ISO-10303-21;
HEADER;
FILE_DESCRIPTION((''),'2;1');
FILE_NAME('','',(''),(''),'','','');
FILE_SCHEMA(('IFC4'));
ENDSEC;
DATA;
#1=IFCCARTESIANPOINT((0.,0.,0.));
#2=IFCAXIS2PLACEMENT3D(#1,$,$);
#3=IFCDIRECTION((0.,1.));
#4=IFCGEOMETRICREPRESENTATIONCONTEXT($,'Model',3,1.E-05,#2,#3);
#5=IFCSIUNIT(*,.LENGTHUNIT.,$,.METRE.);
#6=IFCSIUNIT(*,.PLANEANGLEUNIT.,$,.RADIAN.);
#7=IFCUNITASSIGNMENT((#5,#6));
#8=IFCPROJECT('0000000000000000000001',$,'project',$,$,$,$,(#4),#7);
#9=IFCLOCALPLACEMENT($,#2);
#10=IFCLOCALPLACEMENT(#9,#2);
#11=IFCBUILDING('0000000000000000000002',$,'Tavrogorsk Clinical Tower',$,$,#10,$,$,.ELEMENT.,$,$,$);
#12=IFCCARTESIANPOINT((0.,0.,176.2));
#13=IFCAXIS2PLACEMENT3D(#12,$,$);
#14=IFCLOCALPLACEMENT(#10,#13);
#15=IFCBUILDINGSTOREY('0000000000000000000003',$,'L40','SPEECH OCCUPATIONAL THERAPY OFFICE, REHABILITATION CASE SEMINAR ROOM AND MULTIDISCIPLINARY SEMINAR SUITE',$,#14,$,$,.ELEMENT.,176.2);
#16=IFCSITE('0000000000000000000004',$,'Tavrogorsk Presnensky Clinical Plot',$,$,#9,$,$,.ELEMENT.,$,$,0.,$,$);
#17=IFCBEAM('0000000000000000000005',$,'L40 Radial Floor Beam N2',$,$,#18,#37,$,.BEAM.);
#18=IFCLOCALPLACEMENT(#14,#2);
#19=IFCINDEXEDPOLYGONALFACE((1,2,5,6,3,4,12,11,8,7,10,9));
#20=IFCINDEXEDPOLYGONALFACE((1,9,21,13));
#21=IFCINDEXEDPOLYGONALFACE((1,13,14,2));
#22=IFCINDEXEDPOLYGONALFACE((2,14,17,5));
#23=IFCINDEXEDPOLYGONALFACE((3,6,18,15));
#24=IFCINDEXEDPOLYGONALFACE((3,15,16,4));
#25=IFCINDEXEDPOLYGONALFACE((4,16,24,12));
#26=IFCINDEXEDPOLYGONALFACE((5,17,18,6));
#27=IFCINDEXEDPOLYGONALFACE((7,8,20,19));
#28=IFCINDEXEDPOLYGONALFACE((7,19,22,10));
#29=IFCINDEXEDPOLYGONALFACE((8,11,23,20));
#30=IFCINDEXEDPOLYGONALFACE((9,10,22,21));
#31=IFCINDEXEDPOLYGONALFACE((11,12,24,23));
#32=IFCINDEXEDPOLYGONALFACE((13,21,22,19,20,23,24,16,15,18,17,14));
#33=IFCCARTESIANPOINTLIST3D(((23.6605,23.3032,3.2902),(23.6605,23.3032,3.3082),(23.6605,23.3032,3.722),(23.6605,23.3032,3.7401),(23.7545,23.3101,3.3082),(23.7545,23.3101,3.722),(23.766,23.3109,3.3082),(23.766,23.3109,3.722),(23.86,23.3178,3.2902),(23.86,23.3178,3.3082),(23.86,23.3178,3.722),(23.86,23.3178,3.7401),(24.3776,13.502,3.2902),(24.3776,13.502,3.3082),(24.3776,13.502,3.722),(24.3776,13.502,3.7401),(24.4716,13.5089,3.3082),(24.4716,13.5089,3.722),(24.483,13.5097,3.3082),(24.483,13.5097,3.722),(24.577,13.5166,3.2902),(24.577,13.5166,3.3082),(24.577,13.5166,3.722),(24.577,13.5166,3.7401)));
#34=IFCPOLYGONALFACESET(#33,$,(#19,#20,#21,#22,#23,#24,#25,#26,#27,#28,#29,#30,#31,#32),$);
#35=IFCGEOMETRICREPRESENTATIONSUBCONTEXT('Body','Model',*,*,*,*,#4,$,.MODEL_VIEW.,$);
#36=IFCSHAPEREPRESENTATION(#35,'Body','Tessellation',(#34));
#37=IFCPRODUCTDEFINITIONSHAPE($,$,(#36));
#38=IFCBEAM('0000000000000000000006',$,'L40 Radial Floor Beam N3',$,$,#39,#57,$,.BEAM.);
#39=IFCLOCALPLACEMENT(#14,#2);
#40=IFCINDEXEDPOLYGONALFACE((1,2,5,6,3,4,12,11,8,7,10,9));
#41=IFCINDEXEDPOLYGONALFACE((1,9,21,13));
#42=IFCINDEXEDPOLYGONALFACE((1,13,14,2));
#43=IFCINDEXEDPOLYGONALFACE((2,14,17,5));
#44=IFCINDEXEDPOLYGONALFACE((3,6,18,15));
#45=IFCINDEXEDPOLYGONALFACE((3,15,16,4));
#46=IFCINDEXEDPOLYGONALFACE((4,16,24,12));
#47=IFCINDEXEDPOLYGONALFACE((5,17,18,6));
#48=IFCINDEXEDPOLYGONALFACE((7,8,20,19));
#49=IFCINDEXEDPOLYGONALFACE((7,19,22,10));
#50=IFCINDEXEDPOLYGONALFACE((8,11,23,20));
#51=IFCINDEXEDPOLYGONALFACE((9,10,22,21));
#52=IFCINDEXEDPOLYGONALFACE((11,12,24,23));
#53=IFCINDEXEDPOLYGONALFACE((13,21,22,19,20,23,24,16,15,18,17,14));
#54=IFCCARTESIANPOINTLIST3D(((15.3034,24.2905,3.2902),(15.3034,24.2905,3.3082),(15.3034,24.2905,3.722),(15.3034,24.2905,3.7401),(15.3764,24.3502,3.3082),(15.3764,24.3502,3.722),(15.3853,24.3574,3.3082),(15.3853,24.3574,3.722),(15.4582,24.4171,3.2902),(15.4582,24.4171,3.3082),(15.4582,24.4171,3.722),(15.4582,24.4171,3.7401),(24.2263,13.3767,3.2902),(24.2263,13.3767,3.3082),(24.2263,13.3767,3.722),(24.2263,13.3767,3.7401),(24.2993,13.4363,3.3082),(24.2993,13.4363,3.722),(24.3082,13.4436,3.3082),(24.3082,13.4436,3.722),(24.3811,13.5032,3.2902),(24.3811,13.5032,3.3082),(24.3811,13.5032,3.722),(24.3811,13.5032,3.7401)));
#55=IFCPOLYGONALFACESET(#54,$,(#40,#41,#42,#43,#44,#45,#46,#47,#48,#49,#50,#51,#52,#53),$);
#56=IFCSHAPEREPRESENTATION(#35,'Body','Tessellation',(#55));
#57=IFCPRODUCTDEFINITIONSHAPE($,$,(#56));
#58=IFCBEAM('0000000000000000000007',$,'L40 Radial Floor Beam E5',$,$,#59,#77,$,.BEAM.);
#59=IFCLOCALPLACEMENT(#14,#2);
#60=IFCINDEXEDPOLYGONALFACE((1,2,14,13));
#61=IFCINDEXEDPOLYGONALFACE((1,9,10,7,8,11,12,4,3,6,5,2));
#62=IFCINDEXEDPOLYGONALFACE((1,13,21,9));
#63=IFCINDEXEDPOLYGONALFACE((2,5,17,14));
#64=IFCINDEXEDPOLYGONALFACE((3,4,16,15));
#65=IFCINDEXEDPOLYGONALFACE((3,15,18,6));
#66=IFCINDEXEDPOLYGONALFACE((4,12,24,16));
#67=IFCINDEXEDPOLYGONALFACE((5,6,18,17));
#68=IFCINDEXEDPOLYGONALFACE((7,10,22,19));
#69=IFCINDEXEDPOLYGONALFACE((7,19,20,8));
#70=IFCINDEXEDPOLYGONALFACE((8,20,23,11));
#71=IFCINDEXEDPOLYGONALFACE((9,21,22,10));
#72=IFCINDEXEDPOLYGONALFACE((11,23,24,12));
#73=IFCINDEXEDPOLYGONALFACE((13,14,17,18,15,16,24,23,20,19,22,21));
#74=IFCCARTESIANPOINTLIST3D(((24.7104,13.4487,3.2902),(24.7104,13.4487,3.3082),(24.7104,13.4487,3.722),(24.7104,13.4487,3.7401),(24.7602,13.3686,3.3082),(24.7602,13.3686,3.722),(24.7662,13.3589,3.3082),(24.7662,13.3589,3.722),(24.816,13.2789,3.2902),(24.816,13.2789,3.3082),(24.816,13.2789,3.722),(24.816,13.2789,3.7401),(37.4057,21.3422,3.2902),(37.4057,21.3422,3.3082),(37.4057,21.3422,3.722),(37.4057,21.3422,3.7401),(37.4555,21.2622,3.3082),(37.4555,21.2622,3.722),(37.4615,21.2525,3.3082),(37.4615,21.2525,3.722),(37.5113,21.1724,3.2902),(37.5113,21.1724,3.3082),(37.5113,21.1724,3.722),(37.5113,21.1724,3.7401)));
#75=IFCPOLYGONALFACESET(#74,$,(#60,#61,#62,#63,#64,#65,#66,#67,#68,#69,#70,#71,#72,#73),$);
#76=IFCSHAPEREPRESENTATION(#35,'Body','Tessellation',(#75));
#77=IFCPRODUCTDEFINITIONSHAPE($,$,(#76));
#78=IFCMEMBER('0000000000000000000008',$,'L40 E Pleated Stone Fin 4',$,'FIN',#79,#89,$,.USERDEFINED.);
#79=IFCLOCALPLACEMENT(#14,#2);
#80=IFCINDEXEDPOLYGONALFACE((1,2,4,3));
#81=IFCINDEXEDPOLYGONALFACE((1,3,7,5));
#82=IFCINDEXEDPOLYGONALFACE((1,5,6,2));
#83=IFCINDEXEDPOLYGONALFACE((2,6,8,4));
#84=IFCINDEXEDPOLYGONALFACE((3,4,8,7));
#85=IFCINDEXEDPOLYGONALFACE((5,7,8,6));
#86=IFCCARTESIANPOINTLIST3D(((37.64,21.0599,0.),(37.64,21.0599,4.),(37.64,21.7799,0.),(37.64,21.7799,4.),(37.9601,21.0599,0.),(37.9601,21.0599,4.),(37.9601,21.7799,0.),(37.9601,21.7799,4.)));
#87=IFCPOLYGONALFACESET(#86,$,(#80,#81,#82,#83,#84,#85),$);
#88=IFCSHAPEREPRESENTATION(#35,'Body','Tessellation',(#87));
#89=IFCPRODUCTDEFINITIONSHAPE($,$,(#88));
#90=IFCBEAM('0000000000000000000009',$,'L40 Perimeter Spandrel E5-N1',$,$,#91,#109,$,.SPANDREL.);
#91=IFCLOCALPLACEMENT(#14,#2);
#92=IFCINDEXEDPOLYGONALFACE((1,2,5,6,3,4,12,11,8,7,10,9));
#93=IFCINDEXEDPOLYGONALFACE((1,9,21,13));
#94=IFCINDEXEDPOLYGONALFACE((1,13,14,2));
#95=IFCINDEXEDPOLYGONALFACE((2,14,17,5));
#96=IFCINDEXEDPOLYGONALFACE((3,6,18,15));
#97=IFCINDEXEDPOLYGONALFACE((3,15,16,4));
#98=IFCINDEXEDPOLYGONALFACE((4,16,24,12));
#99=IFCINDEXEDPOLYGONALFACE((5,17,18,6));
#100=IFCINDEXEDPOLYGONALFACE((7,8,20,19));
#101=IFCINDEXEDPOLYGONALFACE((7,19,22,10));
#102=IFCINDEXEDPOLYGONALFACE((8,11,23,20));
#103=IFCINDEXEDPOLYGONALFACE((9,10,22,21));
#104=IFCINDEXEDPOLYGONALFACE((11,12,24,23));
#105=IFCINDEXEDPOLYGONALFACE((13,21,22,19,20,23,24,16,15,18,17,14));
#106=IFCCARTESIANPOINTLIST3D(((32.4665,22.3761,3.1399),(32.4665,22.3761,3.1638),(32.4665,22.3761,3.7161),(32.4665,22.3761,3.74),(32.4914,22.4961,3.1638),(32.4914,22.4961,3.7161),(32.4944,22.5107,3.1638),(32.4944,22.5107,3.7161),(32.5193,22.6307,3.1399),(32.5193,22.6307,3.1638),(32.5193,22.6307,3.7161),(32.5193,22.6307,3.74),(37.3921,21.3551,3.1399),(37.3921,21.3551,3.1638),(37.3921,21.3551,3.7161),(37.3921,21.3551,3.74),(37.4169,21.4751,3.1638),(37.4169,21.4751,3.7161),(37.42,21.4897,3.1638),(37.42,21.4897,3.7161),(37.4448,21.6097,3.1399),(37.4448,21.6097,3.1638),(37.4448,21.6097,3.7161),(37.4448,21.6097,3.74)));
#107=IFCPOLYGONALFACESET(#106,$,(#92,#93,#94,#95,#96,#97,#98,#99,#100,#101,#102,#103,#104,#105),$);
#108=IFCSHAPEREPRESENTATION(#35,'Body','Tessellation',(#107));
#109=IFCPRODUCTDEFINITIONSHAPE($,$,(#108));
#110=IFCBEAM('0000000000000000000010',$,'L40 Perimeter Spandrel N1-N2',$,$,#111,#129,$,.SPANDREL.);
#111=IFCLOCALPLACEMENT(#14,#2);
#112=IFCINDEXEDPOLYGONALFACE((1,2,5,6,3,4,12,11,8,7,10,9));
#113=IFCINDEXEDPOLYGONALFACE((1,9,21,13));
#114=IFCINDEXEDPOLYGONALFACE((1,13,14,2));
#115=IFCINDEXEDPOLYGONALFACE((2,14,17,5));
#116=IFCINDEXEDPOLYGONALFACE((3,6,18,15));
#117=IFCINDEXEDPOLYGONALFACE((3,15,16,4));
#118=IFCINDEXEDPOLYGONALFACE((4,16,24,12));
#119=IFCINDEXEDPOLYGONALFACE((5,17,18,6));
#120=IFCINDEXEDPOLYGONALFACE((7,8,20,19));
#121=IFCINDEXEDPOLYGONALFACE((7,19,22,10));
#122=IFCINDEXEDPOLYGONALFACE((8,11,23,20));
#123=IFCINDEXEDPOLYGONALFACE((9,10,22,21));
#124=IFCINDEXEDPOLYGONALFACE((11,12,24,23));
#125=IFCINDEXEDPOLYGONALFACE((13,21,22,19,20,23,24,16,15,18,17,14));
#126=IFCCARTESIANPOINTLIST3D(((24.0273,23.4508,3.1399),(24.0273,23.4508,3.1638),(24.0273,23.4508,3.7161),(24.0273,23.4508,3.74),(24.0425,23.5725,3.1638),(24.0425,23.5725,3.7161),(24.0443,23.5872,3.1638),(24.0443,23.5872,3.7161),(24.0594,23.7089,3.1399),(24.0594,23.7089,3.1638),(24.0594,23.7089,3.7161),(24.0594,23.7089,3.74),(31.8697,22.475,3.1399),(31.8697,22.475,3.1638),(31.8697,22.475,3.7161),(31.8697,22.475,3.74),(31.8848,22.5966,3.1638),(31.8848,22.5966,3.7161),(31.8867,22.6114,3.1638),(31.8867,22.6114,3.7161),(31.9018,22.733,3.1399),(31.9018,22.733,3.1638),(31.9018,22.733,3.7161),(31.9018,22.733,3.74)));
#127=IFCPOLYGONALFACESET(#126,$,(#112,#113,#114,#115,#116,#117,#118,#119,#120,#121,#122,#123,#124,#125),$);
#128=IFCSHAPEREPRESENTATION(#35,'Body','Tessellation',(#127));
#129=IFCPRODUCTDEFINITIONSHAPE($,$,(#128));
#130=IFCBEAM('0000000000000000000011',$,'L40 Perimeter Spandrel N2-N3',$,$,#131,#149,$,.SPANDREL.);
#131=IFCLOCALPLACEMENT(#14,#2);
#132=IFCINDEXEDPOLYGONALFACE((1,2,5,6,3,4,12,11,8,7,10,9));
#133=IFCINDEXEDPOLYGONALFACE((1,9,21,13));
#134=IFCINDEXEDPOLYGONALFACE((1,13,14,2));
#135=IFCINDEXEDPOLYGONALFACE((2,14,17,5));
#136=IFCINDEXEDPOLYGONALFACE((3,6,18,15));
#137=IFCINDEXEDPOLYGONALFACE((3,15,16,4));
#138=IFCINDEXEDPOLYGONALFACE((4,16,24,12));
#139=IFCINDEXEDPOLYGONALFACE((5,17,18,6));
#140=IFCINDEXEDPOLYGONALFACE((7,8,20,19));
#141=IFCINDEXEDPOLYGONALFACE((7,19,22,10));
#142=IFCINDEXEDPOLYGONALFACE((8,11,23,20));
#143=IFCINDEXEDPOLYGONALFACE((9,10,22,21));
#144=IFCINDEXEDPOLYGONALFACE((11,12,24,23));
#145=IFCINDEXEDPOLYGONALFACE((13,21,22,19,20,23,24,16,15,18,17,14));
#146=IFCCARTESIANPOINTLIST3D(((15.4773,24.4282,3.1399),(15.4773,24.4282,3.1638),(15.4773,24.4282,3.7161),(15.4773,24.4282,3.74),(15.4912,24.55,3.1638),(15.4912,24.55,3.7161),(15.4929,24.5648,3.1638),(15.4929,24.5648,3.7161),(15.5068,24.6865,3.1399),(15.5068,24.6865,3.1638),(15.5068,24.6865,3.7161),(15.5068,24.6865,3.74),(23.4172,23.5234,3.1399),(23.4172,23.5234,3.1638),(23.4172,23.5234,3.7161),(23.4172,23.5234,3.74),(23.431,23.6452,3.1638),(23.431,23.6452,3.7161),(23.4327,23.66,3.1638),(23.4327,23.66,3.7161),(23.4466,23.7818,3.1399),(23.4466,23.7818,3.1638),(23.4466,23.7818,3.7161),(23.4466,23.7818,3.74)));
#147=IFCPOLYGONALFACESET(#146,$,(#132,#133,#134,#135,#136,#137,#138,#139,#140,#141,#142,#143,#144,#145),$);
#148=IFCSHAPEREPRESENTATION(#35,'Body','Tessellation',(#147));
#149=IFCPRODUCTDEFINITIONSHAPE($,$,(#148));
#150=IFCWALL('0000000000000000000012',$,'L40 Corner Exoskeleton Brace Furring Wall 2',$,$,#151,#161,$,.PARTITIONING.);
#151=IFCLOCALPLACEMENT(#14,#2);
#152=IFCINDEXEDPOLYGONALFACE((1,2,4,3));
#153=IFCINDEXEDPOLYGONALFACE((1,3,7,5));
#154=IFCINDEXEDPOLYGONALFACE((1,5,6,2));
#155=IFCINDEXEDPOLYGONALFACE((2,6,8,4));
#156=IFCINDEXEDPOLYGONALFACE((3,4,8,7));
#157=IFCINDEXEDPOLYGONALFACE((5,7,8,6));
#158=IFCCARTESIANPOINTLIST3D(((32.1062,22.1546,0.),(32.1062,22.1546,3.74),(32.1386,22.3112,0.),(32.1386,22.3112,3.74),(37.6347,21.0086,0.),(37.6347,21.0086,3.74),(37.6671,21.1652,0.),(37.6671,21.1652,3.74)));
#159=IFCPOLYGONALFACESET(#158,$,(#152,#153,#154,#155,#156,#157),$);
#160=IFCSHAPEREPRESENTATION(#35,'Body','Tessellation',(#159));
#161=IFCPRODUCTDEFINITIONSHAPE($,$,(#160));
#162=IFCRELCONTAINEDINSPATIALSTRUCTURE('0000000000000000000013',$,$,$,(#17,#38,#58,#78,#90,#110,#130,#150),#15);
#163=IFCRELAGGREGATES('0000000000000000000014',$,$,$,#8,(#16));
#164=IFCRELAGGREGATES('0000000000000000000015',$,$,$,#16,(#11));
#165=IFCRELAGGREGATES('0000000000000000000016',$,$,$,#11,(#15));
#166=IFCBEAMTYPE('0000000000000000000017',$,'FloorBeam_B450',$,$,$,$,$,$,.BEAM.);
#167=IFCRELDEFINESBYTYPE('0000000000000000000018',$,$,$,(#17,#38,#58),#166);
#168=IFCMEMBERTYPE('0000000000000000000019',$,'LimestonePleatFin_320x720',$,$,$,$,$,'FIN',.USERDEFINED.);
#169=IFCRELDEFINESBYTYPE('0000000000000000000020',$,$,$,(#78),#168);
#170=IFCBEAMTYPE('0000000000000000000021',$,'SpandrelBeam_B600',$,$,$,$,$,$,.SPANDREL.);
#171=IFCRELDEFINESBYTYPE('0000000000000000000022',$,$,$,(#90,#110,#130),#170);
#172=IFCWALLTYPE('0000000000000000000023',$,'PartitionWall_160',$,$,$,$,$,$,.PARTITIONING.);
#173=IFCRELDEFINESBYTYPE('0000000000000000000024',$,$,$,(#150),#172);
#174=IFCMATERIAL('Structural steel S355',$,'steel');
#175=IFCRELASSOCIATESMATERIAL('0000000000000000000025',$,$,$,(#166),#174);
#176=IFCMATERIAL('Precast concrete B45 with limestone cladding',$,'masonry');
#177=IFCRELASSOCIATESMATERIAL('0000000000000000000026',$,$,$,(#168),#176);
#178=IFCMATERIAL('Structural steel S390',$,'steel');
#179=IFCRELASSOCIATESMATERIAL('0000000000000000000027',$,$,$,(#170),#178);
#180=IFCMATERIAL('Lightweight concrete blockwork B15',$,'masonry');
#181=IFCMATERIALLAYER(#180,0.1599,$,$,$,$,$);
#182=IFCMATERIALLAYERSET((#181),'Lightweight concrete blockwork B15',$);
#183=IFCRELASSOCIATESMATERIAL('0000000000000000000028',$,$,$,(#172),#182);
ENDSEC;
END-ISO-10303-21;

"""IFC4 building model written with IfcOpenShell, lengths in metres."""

from ifc_helpers import new_model, si_unit, direction, frame, frame_2d, origin, origin_2d, place, context, subcontext, project, spatial, rectangle, i_section, extrude, material, layer, layer_set, material_profile, profile_set, type_object, element, save


model = new_model("IFC4")

# Units and contexts
model_context = context("Model", 3, precision=1e-05, world=origin(), true_north=direction((0.0, 1.0)))
body_context = subcontext(model_context, "Body", "Model", "MODEL_VIEW")
ifc_project = project(units=[si_unit("LENGTHUNIT", "METRE"), si_unit("PLANEANGLEUNIT", "RADIAN")], contexts=[model_context])

# Site, building, storey
site_placement = place(None, origin())
site = spatial("IfcSite", under=ifc_project, at=site_placement, Name="Tavrogorsk Presnensky Clinical Plot", CompositionType="ELEMENT", RefElevation=0.0)
building_placement = place(site_placement, origin())
building = spatial("IfcBuilding", under=site, at=building_placement, Name="Tavrogorsk Clinical Tower", CompositionType="ELEMENT")
storey_placement = place(building_placement, frame((0.0, 0.0, 176.2)))
storey = spatial("IfcBuildingStorey", under=building, at=storey_placement, Name="L40", Description="SPEECH OCCUPATIONAL THERAPY OFFICE, REHABILITATION CASE SEMINAR ROOM AND MULTIDISCIPLINARY SEMINAR SUITE", CompositionType="ELEMENT", Elevation=176.2)

# Beams
ifc_material_1 = material(Name="Structural steel S355", Category="steel")
ifc_material_profile_1 = material_profile(ifc_material_1, i_section(OverallWidth=0.2, OverallDepth=0.45, WebThickness=0.0115, FlangeThickness=0.0181, at=origin_2d()), Name="B-450x200x11.5x18")
ifc_profile_set_1 = profile_set([ifc_material_profile_1], Name="Structural steel S355")
beam_type_1 = type_object("IfcBeamType", Name="FloorBeam_B450", PredefinedType="BEAM", material=ifc_profile_set_1)
beam_1_placement = place(storey_placement, frame((24.4773, 13.5093, 3.5151), z_axis=(-0.072963, 0.997335, 0.0), x_axis=(-0.997335, -0.072963, 0.0)))
element("IfcBeam", 1, at=beam_1_placement, inside=storey, type_object=beam_type_1, Name="L40 Radial Floor Beam N2", PredefinedType="BEAM", context=body_context, shape_type="SweptSolid", body=[
    extrude(i_section(OverallWidth=0.2, OverallDepth=0.45, WebThickness=0.0115, FlangeThickness=0.0181, at=origin_2d()), origin(), (0.0, 0.0, 1.0), 9.8274),
])
beam_2_placement = place(storey_placement, frame((24.3037, 13.4399, 3.5151), z_axis=(-0.632956, 0.774188, 0.0), x_axis=(-0.774188, -0.632956, 0.0)))
element("IfcBeam", 2, at=beam_2_placement, inside=storey, type_object=beam_type_1, Name="L40 Radial Floor Beam N3", PredefinedType="BEAM", context=body_context, shape_type="SweptSolid", body=[
    extrude(i_section(OverallWidth=0.2, OverallDepth=0.45, WebThickness=0.0115, FlangeThickness=0.0181, at=origin_2d()), origin(), (0.0, 0.0, 1.0), 14.0972),
])
beam_3_placement = place(storey_placement, frame((24.7632, 13.3638, 3.5151), z_axis=(0.849229, 0.528025, 0.0), x_axis=(-0.528025, 0.849229, 0.0)))
element("IfcBeam", 3, at=beam_3_placement, inside=storey, type_object=beam_type_1, Name="L40 Radial Floor Beam E5", PredefinedType="BEAM", context=body_context, shape_type="SweptSolid", body=[
    extrude(i_section(OverallWidth=0.2, OverallDepth=0.45, WebThickness=0.0115, FlangeThickness=0.0181, at=origin_2d()), origin(), (0.0, 0.0, 1.0), 14.9492),
])

# Member
ifc_material_2 = material(Name="Precast concrete B45 with limestone cladding", Category="masonry")
ifc_material_profile_2 = material_profile(ifc_material_2, rectangle(XDim=0.3201, YDim=0.72, at=origin_2d()), Name="LIMESTONE-FIN-320x720")
ifc_profile_set_2 = profile_set([ifc_material_profile_2], Name="Precast concrete B45 with limestone cladding")
member_type_1 = type_object("IfcMemberType", Name="LimestonePleatFin_320x720", ElementType="FIN", PredefinedType="USERDEFINED", material=ifc_profile_set_2)
member_1_placement = place(storey_placement, frame((37.8, 21.4199, 0.0), z_axis=(0.0, 0.0, 1.0), x_axis=(1.0, 0.0, 0.0)))
element("IfcMember", 4, at=member_1_placement, inside=storey, type_object=member_type_1, Name="L40 E Pleated Stone Fin 4", ObjectType="FIN", PredefinedType="USERDEFINED", context=body_context, shape_type="SweptSolid", body=[
    extrude(rectangle(XDim=0.3201, YDim=0.72, at=origin_2d()), origin(), (0.0, 0.0, 1.0), 4.0),
])

# Beams
ifc_material_3 = material(Name="Structural steel S390", Category="steel")
ifc_material_profile_3 = material_profile(ifc_material_3, i_section(OverallWidth=0.26, OverallDepth=0.6001, WebThickness=0.0149, FlangeThickness=0.0239, at=origin_2d()), Name="B-600x260x15x24")
ifc_profile_set_3 = profile_set([ifc_material_profile_3], Name="Structural steel S390")
beam_type_2 = type_object("IfcBeamType", Name="SpandrelBeam_B600", PredefinedType="SPANDREL", material=ifc_profile_set_3)
beam_4_placement = place(storey_placement, frame((37.4185, 21.4824, 3.4399), z_axis=(-0.979185, 0.202972, 0.0), x_axis=(-0.202972, -0.979185, 0.0)))
element("IfcBeam", 5, at=beam_4_placement, inside=storey, type_object=beam_type_2, Name="L40 Perimeter Spandrel E5-N1", PredefinedType="SPANDREL", context=body_context, shape_type="SweptSolid", body=[
    extrude(i_section(OverallWidth=0.26, OverallDepth=0.6001, WebThickness=0.0149, FlangeThickness=0.0239, at=origin_2d()), origin(), (0.0, 0.0, 1.0), 5.0303),
])
beam_5_placement = place(storey_placement, frame((31.8857, 22.604, 3.4399), z_axis=(-0.992347, 0.12348, 0.0), x_axis=(-0.12348, -0.992347, 0.0)))
element("IfcBeam", 6, at=beam_5_placement, inside=storey, type_object=beam_type_2, Name="L40 Perimeter Spandrel N1-N2", PredefinedType="SPANDREL", context=body_context, shape_type="SweptSolid", body=[
    extrude(i_section(OverallWidth=0.26, OverallDepth=0.6001, WebThickness=0.0149, FlangeThickness=0.0239, at=origin_2d()), origin(), (0.0, 0.0, 1.0), 7.9028),
])
beam_6_placement = place(storey_placement, frame((23.4319, 23.6526, 3.4399), z_axis=(-0.99357, 0.113221, 0.0), x_axis=(-0.113221, -0.99357, 0.0)))
element("IfcBeam", 7, at=beam_6_placement, inside=storey, type_object=beam_type_2, Name="L40 Perimeter Spandrel N2-N3", PredefinedType="SPANDREL", context=body_context, shape_type="SweptSolid", body=[
    extrude(i_section(OverallWidth=0.26, OverallDepth=0.6001, WebThickness=0.0149, FlangeThickness=0.0239, at=origin_2d()), origin(), (0.0, 0.0, 1.0), 7.9912),
])

# Wall
ifc_material_4 = material(Name="Lightweight concrete blockwork B15", Category="masonry")
ifc_layer_1 = layer(ifc_material_4, 0.1599)
ifc_layer_set_1 = layer_set([ifc_layer_1], Name="Lightweight concrete blockwork B15")
wall_type_1 = type_object("IfcWallType", Name="PartitionWall_160", PredefinedType="PARTITIONING", material=ifc_layer_set_1)
wall_1_placement = place(storey_placement, frame((37.6509, 21.0869, 0.0), z_axis=(0.0, 0.0, 1.0), x_axis=(-0.979185, 0.202972, 0.0)))
element("IfcWall", 8, at=wall_1_placement, inside=storey, type_object=wall_type_1, Name="L40 Corner Exoskeleton Brace Furring Wall 2", PredefinedType="PARTITIONING", context=body_context, shape_type="SweptSolid", body=[
    extrude(rectangle(XDim=5.646, YDim=0.1599, at=frame_2d((2.823, 0.0))), origin(), (0.0, 0.0, 1.0), 3.74),
])

save(model, "model.ifc")
